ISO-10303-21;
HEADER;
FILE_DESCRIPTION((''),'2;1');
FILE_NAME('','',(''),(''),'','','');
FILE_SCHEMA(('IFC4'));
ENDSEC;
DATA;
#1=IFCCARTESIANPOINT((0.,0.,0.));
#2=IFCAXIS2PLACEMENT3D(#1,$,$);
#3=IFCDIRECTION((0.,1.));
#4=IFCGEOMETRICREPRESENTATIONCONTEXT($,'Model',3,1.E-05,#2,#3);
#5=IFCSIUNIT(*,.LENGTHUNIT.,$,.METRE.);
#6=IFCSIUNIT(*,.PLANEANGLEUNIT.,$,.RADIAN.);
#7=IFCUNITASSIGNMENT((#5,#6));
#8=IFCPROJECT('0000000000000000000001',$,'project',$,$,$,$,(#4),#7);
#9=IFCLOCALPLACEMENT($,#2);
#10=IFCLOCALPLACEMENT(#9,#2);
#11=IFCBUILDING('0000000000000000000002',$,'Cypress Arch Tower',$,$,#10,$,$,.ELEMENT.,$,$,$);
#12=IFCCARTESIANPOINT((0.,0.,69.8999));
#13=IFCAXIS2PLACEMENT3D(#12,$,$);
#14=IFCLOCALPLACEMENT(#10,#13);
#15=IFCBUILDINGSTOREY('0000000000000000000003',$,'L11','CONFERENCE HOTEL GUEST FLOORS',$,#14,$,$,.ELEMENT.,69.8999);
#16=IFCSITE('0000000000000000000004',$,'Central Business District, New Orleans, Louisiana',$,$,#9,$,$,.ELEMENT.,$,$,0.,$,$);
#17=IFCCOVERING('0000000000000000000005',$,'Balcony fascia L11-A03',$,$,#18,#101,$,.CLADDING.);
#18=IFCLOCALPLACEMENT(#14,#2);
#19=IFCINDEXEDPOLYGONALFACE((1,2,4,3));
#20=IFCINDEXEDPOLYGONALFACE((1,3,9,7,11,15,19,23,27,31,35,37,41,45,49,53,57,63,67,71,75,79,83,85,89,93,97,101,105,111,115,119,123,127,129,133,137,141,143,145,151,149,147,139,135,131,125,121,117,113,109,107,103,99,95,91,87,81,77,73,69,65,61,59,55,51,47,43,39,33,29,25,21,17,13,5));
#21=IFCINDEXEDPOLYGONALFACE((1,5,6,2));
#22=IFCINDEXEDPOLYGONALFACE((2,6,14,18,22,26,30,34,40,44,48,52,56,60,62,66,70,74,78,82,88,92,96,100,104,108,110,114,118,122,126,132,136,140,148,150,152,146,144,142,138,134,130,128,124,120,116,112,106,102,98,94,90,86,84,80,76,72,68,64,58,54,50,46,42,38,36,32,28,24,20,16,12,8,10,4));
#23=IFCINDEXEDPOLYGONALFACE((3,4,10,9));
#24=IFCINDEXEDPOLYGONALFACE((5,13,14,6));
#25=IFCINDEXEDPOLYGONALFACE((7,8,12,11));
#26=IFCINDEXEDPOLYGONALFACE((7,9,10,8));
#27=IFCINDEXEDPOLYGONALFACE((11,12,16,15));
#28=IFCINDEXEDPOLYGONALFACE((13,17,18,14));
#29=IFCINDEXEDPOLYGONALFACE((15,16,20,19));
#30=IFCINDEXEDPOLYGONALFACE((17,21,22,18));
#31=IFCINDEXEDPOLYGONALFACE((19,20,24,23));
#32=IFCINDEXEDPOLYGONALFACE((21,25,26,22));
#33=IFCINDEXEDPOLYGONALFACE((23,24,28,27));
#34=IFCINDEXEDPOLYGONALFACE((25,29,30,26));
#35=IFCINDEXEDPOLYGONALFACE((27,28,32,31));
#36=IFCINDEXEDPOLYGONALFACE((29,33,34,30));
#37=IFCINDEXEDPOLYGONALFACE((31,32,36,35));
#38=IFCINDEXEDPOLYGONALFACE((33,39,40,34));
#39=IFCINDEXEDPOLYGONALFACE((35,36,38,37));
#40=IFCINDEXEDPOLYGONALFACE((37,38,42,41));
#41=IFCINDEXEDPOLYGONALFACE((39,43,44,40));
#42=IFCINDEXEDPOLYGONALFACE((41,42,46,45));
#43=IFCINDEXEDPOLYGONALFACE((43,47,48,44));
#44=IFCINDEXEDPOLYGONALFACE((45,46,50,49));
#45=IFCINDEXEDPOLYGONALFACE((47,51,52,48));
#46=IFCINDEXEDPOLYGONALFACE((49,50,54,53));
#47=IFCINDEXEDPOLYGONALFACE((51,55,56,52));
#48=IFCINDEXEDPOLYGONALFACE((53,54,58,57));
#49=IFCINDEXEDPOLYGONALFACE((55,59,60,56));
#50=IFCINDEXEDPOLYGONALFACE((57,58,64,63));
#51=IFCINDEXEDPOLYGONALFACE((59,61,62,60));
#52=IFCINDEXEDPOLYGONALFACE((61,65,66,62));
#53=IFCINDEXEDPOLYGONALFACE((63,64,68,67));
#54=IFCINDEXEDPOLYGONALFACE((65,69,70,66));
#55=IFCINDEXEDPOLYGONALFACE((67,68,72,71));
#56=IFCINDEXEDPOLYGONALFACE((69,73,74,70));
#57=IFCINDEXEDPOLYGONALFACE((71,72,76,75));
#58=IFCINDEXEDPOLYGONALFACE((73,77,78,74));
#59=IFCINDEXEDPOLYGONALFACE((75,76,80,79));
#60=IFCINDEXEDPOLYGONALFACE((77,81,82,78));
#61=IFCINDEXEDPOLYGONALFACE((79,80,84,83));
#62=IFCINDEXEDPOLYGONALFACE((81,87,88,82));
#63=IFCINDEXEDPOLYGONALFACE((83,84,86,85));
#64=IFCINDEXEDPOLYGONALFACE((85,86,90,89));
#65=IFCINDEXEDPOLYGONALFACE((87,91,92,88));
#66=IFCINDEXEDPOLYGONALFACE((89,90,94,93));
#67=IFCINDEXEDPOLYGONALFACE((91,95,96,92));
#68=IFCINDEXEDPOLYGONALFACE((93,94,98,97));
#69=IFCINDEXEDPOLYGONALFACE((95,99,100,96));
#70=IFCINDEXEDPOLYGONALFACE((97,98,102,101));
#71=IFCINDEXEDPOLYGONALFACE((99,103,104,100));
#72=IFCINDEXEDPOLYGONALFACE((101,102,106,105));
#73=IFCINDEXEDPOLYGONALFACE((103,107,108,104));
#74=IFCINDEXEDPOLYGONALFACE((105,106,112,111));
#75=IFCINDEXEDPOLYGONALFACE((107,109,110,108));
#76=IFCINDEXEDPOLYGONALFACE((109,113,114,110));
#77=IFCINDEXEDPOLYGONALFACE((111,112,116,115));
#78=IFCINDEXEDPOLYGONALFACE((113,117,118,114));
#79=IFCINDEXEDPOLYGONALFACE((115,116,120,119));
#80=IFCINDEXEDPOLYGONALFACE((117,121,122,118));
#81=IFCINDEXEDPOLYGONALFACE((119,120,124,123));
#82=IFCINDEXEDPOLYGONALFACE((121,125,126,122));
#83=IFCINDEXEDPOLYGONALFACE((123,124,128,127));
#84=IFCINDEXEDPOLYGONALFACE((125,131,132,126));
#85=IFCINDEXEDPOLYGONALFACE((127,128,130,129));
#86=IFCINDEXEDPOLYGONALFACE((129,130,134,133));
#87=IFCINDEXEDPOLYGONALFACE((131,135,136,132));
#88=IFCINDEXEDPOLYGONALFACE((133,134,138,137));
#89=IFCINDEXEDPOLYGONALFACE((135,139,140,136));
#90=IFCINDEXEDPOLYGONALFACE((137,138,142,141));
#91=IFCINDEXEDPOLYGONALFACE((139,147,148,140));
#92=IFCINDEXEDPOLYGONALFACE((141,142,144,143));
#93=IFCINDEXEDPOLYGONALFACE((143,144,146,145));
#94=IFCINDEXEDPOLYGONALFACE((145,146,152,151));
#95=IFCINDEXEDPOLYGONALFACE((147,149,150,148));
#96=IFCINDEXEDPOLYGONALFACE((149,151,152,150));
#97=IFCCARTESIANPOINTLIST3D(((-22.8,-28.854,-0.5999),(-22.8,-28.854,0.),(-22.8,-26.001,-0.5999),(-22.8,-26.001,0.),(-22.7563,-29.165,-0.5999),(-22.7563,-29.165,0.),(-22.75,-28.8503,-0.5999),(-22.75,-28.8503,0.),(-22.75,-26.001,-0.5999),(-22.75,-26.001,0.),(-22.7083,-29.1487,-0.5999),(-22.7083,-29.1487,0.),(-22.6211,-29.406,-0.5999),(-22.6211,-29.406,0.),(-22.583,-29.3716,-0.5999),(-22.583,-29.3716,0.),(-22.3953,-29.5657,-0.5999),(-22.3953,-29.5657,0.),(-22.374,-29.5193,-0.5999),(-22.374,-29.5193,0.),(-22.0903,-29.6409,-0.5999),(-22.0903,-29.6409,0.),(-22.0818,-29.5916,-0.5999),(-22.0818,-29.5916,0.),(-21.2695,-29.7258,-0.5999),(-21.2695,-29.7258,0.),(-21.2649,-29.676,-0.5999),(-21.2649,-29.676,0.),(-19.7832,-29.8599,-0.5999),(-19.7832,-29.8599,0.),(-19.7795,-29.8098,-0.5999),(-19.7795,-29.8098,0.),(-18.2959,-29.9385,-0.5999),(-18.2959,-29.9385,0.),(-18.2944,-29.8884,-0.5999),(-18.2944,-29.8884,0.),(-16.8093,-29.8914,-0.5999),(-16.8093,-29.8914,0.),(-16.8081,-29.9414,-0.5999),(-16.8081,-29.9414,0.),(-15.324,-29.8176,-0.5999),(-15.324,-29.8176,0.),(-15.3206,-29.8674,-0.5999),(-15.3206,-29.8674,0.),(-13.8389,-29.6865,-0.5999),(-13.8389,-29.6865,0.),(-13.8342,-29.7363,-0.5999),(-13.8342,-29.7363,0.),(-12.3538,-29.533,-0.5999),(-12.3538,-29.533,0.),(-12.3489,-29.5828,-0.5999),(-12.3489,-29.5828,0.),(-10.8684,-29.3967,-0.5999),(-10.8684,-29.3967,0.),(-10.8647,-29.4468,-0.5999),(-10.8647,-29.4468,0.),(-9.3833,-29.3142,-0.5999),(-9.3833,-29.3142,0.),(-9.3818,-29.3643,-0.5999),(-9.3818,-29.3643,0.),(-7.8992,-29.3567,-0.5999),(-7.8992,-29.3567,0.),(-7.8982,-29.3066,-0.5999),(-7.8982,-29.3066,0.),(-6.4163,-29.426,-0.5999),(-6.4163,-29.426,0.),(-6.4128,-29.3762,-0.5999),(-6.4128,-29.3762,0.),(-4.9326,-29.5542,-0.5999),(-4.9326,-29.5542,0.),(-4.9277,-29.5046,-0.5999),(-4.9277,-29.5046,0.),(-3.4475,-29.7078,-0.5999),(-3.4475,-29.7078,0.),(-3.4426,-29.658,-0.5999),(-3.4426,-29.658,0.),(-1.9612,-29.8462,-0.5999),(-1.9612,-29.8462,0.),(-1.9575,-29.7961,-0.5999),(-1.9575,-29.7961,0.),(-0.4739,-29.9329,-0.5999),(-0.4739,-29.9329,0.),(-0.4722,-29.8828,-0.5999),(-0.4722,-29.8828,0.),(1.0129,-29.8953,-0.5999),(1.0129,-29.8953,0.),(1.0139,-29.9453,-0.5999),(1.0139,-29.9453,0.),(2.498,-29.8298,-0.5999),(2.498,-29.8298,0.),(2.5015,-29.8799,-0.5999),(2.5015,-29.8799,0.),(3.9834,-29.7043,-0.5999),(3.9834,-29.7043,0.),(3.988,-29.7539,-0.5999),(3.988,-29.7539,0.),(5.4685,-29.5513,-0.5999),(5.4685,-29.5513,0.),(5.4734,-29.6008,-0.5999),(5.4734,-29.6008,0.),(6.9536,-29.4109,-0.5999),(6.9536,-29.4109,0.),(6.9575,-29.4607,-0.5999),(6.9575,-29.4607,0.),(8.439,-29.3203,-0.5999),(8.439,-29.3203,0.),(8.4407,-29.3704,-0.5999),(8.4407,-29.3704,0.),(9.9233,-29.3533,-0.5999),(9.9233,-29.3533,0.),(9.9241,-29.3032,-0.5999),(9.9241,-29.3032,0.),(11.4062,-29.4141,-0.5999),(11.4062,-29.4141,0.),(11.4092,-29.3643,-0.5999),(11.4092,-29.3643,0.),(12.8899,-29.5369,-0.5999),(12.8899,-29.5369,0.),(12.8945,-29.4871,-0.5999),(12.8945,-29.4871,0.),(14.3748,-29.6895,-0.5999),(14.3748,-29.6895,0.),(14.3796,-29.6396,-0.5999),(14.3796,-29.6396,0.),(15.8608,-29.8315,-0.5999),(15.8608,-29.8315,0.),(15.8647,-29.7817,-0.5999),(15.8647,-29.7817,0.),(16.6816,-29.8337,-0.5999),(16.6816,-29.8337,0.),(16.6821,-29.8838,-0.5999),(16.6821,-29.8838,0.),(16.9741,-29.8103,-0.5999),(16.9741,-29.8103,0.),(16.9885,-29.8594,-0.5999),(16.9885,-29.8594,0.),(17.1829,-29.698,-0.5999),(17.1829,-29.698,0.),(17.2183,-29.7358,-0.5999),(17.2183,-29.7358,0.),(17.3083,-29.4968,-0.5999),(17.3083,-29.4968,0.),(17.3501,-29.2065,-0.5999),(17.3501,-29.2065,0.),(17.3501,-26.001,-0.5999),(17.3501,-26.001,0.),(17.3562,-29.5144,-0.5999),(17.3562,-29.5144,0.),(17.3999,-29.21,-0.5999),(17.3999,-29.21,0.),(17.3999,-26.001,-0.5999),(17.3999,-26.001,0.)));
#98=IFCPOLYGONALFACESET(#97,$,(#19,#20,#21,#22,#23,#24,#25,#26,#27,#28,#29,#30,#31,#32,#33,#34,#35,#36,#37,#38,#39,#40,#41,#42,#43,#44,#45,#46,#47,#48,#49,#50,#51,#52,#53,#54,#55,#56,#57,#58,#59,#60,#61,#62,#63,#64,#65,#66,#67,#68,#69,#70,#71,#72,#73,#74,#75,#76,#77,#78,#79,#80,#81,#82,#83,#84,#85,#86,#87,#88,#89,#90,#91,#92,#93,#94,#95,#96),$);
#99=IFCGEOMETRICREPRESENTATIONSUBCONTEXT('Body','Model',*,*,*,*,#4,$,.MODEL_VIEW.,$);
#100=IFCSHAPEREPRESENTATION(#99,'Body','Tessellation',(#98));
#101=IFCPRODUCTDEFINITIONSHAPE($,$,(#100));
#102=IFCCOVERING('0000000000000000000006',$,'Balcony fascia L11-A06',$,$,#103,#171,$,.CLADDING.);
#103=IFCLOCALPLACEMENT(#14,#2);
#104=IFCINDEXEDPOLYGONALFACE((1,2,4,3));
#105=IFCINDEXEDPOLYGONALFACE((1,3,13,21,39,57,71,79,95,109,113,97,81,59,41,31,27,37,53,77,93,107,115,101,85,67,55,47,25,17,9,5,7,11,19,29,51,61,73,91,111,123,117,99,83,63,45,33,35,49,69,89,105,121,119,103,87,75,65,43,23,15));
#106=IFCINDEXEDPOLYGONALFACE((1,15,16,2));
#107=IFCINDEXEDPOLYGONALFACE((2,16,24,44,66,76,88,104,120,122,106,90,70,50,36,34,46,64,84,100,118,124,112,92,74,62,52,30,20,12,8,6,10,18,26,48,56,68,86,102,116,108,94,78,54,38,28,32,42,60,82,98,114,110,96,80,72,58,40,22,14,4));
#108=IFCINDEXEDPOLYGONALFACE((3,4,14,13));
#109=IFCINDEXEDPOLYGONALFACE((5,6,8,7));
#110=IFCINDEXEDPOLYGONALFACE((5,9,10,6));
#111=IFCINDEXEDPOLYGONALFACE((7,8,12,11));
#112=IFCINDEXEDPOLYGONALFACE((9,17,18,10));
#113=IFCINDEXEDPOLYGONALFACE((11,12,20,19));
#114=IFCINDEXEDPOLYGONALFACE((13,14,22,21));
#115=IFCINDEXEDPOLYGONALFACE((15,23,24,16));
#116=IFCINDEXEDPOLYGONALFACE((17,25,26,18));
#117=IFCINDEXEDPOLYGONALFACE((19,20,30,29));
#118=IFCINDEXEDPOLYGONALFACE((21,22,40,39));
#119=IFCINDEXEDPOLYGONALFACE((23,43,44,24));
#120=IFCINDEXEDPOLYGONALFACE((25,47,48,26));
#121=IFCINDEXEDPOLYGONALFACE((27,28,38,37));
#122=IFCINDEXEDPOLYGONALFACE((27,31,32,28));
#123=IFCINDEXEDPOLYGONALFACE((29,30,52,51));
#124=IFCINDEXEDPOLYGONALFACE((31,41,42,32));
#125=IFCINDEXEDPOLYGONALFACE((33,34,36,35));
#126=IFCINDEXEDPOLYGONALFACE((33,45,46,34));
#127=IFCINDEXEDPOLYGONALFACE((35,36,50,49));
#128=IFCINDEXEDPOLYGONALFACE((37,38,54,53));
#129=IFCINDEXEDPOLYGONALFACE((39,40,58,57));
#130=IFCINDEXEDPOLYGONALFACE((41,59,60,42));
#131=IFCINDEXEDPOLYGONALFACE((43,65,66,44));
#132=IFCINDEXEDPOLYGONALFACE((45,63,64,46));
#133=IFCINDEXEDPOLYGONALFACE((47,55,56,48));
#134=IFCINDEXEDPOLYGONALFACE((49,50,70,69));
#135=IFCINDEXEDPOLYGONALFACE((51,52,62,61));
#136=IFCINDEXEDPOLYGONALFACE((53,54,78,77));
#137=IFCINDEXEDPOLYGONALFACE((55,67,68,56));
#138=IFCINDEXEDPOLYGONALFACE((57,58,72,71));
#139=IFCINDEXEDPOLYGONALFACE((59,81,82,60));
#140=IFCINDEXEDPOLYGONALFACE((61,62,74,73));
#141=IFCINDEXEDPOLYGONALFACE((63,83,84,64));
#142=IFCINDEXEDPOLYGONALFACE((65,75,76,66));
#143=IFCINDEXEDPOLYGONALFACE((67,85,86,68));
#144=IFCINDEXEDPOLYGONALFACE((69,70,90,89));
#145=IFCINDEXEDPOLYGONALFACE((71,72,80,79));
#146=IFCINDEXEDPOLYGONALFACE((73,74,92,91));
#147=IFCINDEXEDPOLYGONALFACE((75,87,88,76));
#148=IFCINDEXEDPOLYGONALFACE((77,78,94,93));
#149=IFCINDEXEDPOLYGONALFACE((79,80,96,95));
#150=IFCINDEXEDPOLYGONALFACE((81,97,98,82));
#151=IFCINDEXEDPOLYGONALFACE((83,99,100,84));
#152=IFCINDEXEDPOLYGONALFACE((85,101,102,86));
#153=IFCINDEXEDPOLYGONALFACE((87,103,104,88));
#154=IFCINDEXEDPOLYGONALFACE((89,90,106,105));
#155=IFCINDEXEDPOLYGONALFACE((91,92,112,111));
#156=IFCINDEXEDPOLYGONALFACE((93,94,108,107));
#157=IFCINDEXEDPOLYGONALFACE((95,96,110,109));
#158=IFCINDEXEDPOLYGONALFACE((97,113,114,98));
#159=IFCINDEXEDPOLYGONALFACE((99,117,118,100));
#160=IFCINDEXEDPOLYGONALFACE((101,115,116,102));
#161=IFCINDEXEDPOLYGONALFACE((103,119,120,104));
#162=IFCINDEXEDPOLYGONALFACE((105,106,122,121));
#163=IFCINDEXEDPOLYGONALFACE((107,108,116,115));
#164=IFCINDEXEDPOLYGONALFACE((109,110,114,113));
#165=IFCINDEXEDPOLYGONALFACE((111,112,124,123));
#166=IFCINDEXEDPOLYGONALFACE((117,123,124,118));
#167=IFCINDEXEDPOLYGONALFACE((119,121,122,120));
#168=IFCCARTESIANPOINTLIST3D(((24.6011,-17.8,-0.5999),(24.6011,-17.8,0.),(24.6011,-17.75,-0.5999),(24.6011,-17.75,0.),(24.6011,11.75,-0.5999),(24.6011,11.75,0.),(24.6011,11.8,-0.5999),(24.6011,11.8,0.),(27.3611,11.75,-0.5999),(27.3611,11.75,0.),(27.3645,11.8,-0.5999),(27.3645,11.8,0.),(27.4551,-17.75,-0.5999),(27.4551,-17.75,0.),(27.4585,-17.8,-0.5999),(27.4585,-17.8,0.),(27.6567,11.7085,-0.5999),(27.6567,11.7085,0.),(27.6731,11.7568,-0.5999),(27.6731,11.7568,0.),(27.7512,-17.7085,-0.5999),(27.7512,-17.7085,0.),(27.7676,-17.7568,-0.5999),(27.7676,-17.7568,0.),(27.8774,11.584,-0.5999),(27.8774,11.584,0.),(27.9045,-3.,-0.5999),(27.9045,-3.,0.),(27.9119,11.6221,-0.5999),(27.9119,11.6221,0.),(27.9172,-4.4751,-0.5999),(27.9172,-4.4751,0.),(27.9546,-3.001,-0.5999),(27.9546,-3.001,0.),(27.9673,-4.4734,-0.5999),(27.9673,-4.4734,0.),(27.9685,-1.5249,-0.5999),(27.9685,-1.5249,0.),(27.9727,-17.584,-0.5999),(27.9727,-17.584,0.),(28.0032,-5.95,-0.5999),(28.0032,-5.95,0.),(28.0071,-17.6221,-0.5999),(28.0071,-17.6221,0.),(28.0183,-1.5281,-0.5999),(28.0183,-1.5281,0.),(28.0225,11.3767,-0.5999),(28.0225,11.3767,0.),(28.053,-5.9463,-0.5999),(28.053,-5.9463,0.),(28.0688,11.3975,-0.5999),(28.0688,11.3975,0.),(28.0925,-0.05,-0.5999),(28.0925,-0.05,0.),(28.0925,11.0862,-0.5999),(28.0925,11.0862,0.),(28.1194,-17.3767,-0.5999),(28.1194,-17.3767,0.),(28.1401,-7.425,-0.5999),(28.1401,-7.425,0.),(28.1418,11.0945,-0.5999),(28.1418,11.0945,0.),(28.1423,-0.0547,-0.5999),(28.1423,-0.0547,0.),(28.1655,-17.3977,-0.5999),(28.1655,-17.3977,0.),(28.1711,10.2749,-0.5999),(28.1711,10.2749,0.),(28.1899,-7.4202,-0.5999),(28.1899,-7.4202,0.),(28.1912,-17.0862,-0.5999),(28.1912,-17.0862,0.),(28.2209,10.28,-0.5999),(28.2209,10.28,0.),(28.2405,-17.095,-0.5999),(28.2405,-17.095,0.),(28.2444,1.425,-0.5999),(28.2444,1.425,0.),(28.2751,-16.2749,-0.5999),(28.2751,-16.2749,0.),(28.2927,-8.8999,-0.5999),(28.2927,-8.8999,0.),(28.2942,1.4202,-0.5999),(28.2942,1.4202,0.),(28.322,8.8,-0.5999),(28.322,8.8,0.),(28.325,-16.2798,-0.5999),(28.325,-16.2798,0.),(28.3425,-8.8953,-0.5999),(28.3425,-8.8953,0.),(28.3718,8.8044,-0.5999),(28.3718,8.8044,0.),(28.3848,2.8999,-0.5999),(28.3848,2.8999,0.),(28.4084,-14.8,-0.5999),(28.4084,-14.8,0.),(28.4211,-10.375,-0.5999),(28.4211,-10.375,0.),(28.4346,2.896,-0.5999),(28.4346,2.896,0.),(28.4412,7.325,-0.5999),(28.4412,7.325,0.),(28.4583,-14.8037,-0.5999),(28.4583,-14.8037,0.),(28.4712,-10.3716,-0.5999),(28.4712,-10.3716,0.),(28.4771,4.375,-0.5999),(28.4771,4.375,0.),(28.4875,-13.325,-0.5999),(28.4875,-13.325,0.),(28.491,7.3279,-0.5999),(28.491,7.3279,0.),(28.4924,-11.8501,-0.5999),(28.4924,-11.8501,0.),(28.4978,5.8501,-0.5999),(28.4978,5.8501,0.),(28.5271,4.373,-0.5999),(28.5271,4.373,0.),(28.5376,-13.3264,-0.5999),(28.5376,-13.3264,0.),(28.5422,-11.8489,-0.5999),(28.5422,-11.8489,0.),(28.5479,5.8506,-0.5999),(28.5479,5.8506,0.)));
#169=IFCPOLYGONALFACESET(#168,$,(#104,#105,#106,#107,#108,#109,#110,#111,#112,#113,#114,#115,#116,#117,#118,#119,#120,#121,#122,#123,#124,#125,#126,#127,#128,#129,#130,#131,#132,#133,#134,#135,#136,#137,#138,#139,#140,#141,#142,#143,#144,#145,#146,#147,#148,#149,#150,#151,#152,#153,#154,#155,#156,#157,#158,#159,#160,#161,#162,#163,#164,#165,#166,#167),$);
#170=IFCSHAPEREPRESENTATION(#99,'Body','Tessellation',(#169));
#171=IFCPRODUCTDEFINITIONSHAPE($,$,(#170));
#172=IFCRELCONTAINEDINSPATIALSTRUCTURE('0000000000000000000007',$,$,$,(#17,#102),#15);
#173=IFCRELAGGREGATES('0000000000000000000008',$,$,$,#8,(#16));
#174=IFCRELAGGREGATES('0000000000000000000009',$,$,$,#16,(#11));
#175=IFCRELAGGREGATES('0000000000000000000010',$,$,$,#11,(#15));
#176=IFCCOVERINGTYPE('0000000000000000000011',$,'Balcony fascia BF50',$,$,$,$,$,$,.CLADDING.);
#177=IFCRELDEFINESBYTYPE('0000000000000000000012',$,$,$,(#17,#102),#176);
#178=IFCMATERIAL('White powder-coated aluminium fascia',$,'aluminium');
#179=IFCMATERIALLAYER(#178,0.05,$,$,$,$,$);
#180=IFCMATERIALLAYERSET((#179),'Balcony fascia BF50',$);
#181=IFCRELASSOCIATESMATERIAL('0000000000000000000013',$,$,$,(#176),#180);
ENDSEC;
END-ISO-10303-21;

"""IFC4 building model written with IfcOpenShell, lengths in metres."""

from ifc_helpers import new_model, si_unit, direction, frame, origin, place, context, subcontext, project, spatial, polyline, outline, extrude, material, layer, layer_set, type_object, element, save


model = new_model("IFC4")

# Units and contexts
model_context = context("Model", 3, precision=1e-05, world=origin(), true_north=direction((0.0, 1.0)))
body_context = subcontext(model_context, "Body", "Model", "MODEL_VIEW")
ifc_project = project(units=[si_unit("LENGTHUNIT", "METRE"), si_unit("PLANEANGLEUNIT", "RADIAN")], contexts=[model_context])

# Site, building, storey
site_placement = place(None, origin())
site = spatial("IfcSite", under=ifc_project, at=site_placement, Name="Central Business District, New Orleans, Louisiana", CompositionType="ELEMENT", RefElevation=0.0)
building_placement = place(site_placement, origin())
building = spatial("IfcBuilding", under=site, at=building_placement, Name="Cypress Arch Tower", CompositionType="ELEMENT")
storey_placement = place(building_placement, frame((0.0, 0.0, 69.8999)))
storey = spatial("IfcBuildingStorey", under=building, at=storey_placement, Name="L11", Description="CONFERENCE HOTEL GUEST FLOORS", CompositionType="ELEMENT", Elevation=69.8999)

# Coverings
ifc_material_1 = material(Name="White powder-coated aluminium fascia", Category="aluminium")
ifc_layer_1 = layer(ifc_material_1, 0.05)
ifc_layer_set_1 = layer_set([ifc_layer_1], Name="Balcony fascia BF50")
covering_type_1 = type_object("IfcCoveringType", Name="Balcony fascia BF50", PredefinedType="CLADDING", material=ifc_layer_set_1)
covering_1_placement = place(storey_placement, frame((0.0, 0.0, -0.5999)))
element("IfcCovering", 1, at=covering_1_placement, inside=storey, type_object=covering_type_1, Name="Balcony fascia L11-A03", PredefinedType="CLADDING", context=body_context, shape_type="SweptSolid", body=[
    extrude(outline(polyline([(17.3999, -29.21), (17.3562, -29.5144), (17.2183, -29.7358), (16.9885, -29.8594), (16.6821, -29.8838), (15.8608, -29.8315), (14.3748, -29.6895), (12.8899, -29.5369), (11.4062, -29.4141), (9.9233, -29.3533), (8.4407, -29.3704), (6.9575, -29.4607), (5.4734, -29.6008), (3.988, -29.7539), (2.5015, -29.8799), (1.0139, -29.9453), (-0.4739, -29.9329), (-1.9612, -29.8462), (-3.4475, -29.7078), (-4.9326, -29.5542), (-6.4163, -29.426), (-7.8992, -29.3567), (-9.3818, -29.3643), (-10.8647, -29.4468), (-12.3489, -29.5828), (-13.8342, -29.7363), (-15.3206, -29.8674), (-16.8081, -29.9414), (-18.2959, -29.9385), (-19.7832, -29.8599), (-21.2695, -29.7258), (-22.0903, -29.6409), (-22.3953, -29.5657), (-22.6211, -29.406), (-22.7563, -29.165), (-22.8, -28.854), (-22.8, -26.001), (-22.75, -26.001), (-22.75, -28.8503), (-22.7083, -29.1487), (-22.583, -29.3716), (-22.374, -29.5193), (-22.0818, -29.5916), (-21.2649, -29.676), (-19.7795, -29.8098), (-18.2944, -29.8884), (-16.8093, -29.8914), (-15.324, -29.8176), (-13.8389, -29.6865), (-12.3538, -29.533), (-10.8684, -29.3967), (-9.3833, -29.3142), (-7.8982, -29.3066), (-6.4128, -29.3762), (-4.9277, -29.5046), (-3.4426, -29.658), (-1.9575, -29.7961), (-0.4722, -29.8828), (1.0129, -29.8953), (2.498, -29.8298), (3.9834, -29.7043), (5.4685, -29.5513), (6.9536, -29.4109), (8.439, -29.3203), (9.9241, -29.3032), (11.4092, -29.3643), (12.8945, -29.4871), (14.3796, -29.6396), (15.8647, -29.7817), (16.6816, -29.8337), (16.9741, -29.8103), (17.1829, -29.698), (17.3083, -29.4968), (17.3501, -29.2065), (17.3501, -26.001), (17.3999, -26.001), (17.3999, -29.21)])), origin(), (0.0, 0.0, 1.0), 0.5999),
])
covering_2_placement = place(storey_placement, frame((0.0, 0.0, -0.5999)))
element("IfcCovering", 2, at=covering_2_placement, inside=storey, type_object=covering_type_1, Name="Balcony fascia L11-A06", PredefinedType="CLADDING", context=body_context, shape_type="SweptSolid", body=[
    extrude(outline(polyline([(27.3645, 11.8), (27.6731, 11.7568), (27.9119, 11.6221), (28.0688, 11.3975), (28.1418, 11.0945), (28.2209, 10.28), (28.3718, 8.8044), (28.491, 7.3279), (28.5479, 5.8506), (28.5271, 4.373), (28.4346, 2.896), (28.2942, 1.4202), (28.1423, -0.0547), (28.0183, -1.5281), (27.9546, -3.001), (27.9673, -4.4734), (28.053, -5.9463), (28.1899, -7.4202), (28.3425, -8.8953), (28.4712, -10.3716), (28.5422, -11.8489), (28.5376, -13.3264), (28.4583, -14.8037), (28.325, -16.2798), (28.2405, -17.095), (28.1655, -17.3977), (28.0071, -17.6221), (27.7676, -17.7568), (27.4585, -17.8), (24.6011, -17.8), (24.6011, -17.75), (27.4551, -17.75), (27.7512, -17.7085), (27.9727, -17.584), (28.1194, -17.3767), (28.1912, -17.0862), (28.2751, -16.2749), (28.4084, -14.8), (28.4875, -13.325), (28.4924, -11.8501), (28.4211, -10.375), (28.2927, -8.8999), (28.1401, -7.425), (28.0032, -5.95), (27.9172, -4.4751), (27.9045, -3.0), (27.9685, -1.5249), (28.0925, -0.05), (28.2444, 1.425), (28.3848, 2.8999), (28.4771, 4.375), (28.4978, 5.8501), (28.4412, 7.325), (28.322, 8.8), (28.1711, 10.2749), (28.0925, 11.0862), (28.0225, 11.3767), (27.8774, 11.584), (27.6567, 11.7085), (27.3611, 11.75), (24.6011, 11.75), (24.6011, 11.8), (27.3645, 11.8)])), origin(), (0.0, 0.0, 1.0), 0.5999),
])

save(model, "model.ifc")
